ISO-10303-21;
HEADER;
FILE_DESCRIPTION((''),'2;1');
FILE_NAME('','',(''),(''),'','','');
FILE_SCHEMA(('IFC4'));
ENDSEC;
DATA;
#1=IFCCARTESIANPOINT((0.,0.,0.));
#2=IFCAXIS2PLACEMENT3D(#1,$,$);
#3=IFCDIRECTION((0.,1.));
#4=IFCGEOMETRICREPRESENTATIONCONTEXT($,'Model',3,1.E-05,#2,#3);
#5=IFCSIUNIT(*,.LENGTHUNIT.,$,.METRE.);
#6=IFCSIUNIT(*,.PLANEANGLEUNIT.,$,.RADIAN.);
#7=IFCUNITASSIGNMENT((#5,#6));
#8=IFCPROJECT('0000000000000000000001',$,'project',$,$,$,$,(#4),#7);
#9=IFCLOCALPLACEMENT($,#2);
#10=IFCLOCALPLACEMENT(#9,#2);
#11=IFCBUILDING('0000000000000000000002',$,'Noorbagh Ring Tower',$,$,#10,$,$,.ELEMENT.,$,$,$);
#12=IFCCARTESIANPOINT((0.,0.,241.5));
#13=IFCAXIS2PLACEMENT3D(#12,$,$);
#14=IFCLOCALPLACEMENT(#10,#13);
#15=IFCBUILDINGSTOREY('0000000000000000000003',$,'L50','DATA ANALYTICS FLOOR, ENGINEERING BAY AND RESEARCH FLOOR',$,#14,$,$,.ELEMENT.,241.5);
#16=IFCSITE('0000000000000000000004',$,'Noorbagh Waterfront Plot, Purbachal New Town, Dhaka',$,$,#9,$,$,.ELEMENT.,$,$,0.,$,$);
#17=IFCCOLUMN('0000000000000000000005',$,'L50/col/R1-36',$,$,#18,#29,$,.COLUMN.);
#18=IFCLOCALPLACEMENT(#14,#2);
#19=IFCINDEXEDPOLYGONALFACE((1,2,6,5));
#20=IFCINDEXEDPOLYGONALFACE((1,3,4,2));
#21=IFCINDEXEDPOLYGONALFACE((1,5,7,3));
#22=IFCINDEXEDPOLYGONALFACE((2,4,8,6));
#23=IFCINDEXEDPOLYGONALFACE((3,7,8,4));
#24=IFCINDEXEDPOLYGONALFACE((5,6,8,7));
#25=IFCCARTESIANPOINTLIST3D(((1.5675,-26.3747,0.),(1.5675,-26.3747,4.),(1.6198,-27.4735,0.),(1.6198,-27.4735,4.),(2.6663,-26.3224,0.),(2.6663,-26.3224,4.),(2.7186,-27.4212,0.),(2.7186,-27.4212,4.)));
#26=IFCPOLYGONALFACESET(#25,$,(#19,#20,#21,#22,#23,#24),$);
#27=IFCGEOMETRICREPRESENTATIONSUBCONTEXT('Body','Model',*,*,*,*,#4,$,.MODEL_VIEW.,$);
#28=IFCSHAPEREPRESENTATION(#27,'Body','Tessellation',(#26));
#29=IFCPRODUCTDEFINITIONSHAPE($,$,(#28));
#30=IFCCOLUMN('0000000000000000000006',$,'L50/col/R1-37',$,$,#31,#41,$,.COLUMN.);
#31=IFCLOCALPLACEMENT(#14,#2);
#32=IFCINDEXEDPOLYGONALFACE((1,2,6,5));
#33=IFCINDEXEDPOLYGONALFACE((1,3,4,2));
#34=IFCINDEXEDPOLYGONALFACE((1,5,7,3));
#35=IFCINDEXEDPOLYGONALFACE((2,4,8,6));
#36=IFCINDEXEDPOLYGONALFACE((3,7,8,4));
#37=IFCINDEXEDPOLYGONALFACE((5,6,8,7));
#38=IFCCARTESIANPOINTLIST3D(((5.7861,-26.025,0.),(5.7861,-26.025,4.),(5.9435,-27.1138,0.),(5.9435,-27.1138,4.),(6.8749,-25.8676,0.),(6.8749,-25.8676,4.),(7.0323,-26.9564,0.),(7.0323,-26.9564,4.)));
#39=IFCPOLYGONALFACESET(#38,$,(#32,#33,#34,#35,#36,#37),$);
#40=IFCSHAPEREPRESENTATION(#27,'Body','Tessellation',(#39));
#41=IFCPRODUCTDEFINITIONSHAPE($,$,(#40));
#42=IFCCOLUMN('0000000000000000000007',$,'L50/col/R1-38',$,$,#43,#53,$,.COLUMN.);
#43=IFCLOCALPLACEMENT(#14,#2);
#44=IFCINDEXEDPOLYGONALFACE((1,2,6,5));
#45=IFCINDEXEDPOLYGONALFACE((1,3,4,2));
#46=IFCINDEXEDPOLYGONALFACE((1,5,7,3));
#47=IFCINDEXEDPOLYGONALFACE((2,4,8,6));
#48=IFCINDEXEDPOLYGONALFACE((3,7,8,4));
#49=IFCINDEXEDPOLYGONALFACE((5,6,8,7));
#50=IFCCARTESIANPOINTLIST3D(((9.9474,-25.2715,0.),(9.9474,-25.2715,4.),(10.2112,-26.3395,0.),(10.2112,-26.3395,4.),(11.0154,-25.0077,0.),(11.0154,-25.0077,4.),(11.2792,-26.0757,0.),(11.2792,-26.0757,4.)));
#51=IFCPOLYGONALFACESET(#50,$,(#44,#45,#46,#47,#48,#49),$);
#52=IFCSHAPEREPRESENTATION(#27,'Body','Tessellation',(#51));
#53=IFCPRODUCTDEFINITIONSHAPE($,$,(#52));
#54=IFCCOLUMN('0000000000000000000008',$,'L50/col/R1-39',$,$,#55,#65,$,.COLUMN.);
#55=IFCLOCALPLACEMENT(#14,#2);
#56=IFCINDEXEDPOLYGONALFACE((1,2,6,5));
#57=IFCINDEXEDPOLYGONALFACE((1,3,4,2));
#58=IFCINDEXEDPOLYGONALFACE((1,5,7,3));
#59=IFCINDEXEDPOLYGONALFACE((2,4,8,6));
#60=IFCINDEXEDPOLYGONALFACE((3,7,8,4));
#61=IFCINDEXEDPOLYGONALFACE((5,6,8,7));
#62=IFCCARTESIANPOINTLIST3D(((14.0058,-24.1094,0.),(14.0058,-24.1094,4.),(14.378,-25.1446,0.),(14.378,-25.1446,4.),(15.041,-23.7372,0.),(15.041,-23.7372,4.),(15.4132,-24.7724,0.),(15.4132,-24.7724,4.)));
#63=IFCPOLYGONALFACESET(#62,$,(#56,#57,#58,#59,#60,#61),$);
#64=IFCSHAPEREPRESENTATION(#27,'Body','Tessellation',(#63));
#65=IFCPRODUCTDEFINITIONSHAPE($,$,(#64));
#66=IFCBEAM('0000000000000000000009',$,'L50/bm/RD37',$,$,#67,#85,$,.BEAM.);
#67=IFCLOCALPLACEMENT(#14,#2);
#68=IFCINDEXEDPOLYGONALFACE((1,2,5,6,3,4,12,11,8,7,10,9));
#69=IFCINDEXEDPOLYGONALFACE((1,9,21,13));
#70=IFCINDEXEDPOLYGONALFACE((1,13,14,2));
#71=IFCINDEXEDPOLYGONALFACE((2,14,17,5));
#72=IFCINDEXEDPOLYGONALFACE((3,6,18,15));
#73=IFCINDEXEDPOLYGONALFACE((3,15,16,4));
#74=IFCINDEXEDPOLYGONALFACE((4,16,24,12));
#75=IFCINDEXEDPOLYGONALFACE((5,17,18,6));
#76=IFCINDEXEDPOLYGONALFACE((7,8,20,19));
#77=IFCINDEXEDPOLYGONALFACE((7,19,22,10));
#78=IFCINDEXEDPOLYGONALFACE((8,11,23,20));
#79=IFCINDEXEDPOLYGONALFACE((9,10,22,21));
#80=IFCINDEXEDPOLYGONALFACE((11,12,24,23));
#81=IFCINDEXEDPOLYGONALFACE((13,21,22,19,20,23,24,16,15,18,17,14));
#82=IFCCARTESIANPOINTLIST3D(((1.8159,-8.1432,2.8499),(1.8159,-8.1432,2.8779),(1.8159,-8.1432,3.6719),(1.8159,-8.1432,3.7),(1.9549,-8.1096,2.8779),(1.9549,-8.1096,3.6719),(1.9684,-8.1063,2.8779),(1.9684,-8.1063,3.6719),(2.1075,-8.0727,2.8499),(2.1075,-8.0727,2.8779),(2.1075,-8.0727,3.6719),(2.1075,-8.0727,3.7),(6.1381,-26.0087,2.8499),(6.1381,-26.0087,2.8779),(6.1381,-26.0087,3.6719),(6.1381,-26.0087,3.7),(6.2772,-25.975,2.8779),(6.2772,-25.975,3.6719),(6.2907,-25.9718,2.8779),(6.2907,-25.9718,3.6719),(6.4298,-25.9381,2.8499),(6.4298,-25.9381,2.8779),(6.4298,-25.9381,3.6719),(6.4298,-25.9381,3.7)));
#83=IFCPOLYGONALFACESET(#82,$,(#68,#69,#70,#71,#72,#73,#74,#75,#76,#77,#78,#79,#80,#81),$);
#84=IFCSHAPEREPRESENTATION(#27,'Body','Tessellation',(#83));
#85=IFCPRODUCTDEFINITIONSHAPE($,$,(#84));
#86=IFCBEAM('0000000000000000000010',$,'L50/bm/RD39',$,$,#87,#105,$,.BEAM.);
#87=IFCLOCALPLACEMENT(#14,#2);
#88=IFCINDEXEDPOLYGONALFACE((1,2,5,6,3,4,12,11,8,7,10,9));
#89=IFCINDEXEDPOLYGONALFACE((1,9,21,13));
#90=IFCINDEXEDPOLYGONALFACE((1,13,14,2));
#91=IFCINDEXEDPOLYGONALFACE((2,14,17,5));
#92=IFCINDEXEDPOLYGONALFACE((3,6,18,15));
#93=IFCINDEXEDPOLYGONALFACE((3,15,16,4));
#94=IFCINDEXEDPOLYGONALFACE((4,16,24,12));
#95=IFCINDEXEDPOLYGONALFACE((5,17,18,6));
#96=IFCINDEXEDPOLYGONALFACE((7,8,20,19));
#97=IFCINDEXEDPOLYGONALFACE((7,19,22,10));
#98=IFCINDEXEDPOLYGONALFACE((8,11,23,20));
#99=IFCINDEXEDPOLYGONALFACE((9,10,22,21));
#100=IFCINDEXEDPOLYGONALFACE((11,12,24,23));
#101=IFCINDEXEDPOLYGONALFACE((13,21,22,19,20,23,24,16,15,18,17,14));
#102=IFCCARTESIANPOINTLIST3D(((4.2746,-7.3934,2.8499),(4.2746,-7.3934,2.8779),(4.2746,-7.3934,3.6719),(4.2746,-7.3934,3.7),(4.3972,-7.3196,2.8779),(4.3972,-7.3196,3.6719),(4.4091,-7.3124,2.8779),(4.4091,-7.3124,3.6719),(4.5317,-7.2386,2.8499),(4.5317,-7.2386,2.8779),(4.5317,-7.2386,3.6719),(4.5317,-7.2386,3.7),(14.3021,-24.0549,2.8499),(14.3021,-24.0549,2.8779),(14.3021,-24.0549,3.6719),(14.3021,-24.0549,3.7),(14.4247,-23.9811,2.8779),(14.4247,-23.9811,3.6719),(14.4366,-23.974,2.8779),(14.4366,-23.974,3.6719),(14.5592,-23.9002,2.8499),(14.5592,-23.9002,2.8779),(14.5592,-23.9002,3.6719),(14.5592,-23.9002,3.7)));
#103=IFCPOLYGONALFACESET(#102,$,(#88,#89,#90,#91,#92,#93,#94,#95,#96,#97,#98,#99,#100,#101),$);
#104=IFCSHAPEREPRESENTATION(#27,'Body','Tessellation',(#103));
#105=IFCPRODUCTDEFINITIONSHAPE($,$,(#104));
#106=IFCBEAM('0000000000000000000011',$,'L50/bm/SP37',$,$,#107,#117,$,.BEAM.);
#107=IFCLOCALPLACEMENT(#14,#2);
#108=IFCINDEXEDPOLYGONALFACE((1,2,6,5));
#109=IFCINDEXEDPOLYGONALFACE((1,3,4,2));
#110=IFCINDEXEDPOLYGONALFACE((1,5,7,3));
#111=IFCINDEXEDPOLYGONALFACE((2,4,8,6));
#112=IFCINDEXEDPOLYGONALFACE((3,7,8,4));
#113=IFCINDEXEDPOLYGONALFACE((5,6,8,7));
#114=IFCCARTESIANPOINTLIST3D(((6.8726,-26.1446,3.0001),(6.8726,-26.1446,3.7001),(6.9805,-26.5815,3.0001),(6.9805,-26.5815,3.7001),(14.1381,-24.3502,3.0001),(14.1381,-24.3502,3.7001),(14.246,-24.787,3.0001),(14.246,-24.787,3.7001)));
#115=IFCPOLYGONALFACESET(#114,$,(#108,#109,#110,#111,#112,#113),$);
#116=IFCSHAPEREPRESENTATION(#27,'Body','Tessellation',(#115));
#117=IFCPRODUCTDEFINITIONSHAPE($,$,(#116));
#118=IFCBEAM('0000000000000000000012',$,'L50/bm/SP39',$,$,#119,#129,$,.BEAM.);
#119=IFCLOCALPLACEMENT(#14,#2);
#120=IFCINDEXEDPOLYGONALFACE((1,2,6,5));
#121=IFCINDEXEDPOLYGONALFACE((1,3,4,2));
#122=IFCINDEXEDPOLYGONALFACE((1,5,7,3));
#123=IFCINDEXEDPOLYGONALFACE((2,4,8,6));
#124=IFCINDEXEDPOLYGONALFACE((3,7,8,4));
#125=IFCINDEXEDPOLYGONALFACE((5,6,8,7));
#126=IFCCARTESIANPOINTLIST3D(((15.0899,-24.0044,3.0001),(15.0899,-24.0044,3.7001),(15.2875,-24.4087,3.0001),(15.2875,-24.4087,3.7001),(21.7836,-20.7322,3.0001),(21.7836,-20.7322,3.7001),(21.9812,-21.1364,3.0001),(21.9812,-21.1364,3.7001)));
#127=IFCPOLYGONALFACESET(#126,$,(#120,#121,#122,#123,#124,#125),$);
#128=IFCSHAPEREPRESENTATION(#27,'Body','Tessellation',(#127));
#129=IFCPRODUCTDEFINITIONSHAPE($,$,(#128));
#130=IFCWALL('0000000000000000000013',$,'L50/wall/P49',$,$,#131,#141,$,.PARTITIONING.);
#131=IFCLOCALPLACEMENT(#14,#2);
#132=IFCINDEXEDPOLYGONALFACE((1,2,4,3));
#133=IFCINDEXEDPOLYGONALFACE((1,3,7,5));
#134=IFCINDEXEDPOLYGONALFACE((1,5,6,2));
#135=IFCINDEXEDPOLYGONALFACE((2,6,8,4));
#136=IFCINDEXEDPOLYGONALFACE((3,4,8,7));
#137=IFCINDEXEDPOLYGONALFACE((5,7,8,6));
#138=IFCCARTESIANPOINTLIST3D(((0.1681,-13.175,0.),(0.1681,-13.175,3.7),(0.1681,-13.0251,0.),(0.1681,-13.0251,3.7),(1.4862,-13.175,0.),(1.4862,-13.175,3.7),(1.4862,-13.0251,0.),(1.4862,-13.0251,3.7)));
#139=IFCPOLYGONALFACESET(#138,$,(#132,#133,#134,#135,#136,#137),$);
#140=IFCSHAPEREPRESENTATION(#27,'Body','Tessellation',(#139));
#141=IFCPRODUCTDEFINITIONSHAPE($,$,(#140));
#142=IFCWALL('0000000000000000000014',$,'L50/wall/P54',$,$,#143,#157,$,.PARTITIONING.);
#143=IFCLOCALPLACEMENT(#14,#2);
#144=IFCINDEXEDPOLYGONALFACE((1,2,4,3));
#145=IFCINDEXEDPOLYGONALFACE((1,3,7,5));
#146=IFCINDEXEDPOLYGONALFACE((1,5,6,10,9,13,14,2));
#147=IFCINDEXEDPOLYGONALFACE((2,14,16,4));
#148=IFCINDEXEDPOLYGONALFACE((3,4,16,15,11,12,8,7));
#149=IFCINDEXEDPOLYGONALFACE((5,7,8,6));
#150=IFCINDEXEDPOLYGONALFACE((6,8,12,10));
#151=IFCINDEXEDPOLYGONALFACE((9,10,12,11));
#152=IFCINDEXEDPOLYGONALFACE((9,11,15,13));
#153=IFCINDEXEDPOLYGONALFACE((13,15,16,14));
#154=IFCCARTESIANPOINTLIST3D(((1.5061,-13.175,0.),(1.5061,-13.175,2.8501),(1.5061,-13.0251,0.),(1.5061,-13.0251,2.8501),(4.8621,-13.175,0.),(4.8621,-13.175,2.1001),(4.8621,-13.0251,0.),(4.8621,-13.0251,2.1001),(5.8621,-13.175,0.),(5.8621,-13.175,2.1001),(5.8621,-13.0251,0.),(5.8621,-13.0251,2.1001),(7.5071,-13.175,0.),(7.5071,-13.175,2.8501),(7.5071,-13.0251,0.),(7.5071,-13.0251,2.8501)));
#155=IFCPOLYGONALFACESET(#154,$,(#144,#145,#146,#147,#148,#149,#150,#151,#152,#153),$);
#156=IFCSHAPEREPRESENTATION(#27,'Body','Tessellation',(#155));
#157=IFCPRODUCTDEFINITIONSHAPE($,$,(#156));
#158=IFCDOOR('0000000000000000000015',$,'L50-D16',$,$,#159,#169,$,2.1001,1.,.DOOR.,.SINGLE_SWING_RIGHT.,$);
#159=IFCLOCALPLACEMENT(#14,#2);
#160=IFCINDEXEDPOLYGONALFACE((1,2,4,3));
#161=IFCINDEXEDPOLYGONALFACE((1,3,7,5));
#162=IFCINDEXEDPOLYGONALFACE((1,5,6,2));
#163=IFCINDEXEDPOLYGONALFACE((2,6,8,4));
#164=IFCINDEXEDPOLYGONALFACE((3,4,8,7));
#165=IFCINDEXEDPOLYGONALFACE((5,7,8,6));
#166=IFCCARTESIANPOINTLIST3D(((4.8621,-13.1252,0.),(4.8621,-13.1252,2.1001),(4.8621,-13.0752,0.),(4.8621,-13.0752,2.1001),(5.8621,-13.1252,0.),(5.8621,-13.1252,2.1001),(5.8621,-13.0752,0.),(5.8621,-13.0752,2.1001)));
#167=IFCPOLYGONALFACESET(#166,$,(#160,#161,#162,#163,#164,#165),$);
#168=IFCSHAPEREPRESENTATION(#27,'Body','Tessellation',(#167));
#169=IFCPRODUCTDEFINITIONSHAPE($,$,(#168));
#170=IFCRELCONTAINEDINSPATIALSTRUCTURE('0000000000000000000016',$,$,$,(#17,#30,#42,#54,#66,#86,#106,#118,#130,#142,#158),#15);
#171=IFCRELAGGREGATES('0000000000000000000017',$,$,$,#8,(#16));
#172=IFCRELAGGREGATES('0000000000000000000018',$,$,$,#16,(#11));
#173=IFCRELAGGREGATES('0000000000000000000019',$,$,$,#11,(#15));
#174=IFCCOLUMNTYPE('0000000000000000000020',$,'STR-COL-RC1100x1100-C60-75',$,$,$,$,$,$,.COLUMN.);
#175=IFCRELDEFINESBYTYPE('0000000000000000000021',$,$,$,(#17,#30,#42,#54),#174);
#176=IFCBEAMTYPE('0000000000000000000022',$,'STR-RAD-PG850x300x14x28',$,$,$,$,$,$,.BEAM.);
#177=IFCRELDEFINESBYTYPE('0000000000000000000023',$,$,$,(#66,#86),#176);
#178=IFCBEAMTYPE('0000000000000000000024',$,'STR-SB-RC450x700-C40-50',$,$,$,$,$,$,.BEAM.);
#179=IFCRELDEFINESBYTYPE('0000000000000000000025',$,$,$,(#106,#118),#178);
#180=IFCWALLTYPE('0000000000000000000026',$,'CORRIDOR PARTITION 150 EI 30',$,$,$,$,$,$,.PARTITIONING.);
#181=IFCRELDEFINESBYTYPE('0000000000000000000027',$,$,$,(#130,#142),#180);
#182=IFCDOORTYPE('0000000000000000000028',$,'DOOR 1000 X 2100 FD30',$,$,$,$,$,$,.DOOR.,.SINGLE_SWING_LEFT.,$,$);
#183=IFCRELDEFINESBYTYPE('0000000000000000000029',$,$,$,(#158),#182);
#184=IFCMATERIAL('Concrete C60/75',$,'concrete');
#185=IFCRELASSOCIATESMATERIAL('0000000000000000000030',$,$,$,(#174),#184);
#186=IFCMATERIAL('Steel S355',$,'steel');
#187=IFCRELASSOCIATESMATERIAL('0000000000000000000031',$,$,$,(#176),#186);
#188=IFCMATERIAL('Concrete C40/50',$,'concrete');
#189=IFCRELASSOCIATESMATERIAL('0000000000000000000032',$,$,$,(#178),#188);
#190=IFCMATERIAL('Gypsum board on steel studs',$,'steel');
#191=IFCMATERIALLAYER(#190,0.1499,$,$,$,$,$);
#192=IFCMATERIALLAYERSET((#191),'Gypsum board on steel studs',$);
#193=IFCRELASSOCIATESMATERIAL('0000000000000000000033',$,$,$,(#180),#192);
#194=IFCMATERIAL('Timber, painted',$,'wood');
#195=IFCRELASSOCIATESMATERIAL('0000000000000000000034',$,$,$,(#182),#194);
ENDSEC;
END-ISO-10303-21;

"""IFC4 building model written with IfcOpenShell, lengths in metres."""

from ifc_helpers import new_model, si_unit, direction, frame, frame_2d, origin, origin_2d, place, context, subcontext, project, spatial, rectangle, i_section, extrude, material, layer, layer_set, material_profile, profile_set, type_object, element, fill, save


model = new_model("IFC4")

# Units and contexts
model_context = context("Model", 3, precision=1e-05, world=origin(), true_north=direction((0.0, 1.0)))
body_context = subcontext(model_context, "Body", "Model", "MODEL_VIEW")
ifc_project = project(units=[si_unit("LENGTHUNIT", "METRE"), si_unit("PLANEANGLEUNIT", "RADIAN")], contexts=[model_context])

# Site, building, storey
site_placement = place(None, origin())
site = spatial("IfcSite", under=ifc_project, at=site_placement, Name="Noorbagh Waterfront Plot, Purbachal New Town, Dhaka", CompositionType="ELEMENT", RefElevation=0.0)
building_placement = place(site_placement, origin())
building = spatial("IfcBuilding", under=site, at=building_placement, Name="Noorbagh Ring Tower", CompositionType="ELEMENT")
storey_placement = place(building_placement, frame((0.0, 0.0, 241.5)))
storey = spatial("IfcBuildingStorey", under=building, at=storey_placement, Name="L50", Description="DATA ANALYTICS FLOOR, ENGINEERING BAY AND RESEARCH FLOOR", CompositionType="ELEMENT", Elevation=241.5)

# Columns
ifc_material_1 = material(Name="Concrete C60/75", Category="concrete")
ifc_material_profile_1 = material_profile(ifc_material_1, rectangle(XDim=1.1001, YDim=1.1001, at=origin_2d()), Name="RC1100x1100")
ifc_profile_set_1 = profile_set([ifc_material_profile_1], Name="Concrete C60/75")
column_type = type_object("IfcColumnType", Name="STR-COL-RC1100x1100-C60-75", PredefinedType="COLUMN", material=ifc_profile_set_1)
for number, where, z_axis, x_axis, name in (
    (1, (2.1431, -26.8979, 0.0), (0.0, 0.0, 1.0), (0.998869, 0.047553, 0.0), "L50/col/R1-36"),
    (2, (6.4092, -26.4907, 0.0), (0.0, 0.0, 1.0), (0.989713, 0.143066, 0.0), "L50/col/R1-37"),
    (3, (10.6133, -25.6736, 0.0), (0.0, 0.0, 1.0), (0.970829, 0.239771, 0.0), "L50/col/R1-38"),
    (4, (14.7095, -24.4409, 0.0), (0.0, 0.0, 1.0), (0.941025, 0.338338, 0.0), "L50/col/R1-39"),
):
    element("IfcColumn", number, at=place(storey_placement, frame(where, z_axis=z_axis, x_axis=x_axis)), inside=storey, type_object=column_type, Name=name, PredefinedType="COLUMN", context=body_context, shape_type="SweptSolid", body=[
        extrude(rectangle(XDim=1.1001, YDim=1.1001, at=origin_2d()), origin(), (0.0, 0.0, 1.0), 4.0),
    ])

# Beams
ifc_material_2 = material(Name="Steel S355", Category="steel")
ifc_material_profile_2 = material_profile(ifc_material_2, i_section(OverallWidth=0.3, OverallDepth=0.8501, WebThickness=0.0139, FlangeThickness=0.0281, at=origin_2d()), Name="PG850x300x14x28")
ifc_profile_set_2 = profile_set([ifc_material_profile_2], Name="Steel S355")
beam_type_1 = type_object("IfcBeamType", Name="STR-RAD-PG850x300x14x28", PredefinedType="BEAM", material=ifc_profile_set_2)
beam_1_placement = place(storey_placement, frame((6.2839, -25.9734, 3.2749), z_axis=(-0.23515, 0.971959, 0.0), x_axis=(-0.971959, -0.23515, 0.0)))
element("IfcBeam", 5, at=beam_1_placement, inside=storey, type_object=beam_type_1, Name="L50/bm/RD37", PredefinedType="BEAM", context=body_context, shape_type="SweptSolid", body=[
    extrude(i_section(OverallWidth=0.3, OverallDepth=0.8501, WebThickness=0.0139, FlangeThickness=0.0281, at=origin_2d()), origin(), (0.0, 0.0, 1.0), 18.3809),
])
beam_2_placement = place(storey_placement, frame((14.4307, -23.9775, 3.2749), z_axis=(-0.515653, 0.856798, 0.0), x_axis=(-0.856798, -0.515653, 0.0)))
element("IfcBeam", 6, at=beam_2_placement, inside=storey, type_object=beam_type_1, Name="L50/bm/RD39", PredefinedType="BEAM", context=body_context, shape_type="SweptSolid", body=[
    extrude(i_section(OverallWidth=0.3, OverallDepth=0.8501, WebThickness=0.0139, FlangeThickness=0.0281, at=origin_2d()), origin(), (0.0, 0.0, 1.0), 19.4463),
])
ifc_material_3 = material(Name="Concrete C40/50", Category="concrete")
ifc_material_profile_3 = material_profile(ifc_material_3, rectangle(XDim=0.45, YDim=0.7, at=origin_2d()), Name="RC450x700")
ifc_profile_set_3 = profile_set([ifc_material_profile_3], Name="Concrete C40/50")
beam_type_2 = type_object("IfcBeamType", Name="STR-SB-RC450x700-C40-50", PredefinedType="BEAM", material=ifc_profile_set_3)
beam_3_placement = place(storey_placement, frame((6.9265, -26.363, 3.3501), z_axis=(0.970829, 0.239771, 0.0), x_axis=(-0.239771, 0.970829, 0.0)))
element("IfcBeam", 7, at=beam_3_placement, inside=storey, type_object=beam_type_2, Name="L50/bm/SP37", PredefinedType="BEAM", context=body_context, shape_type="SweptSolid", body=[
    extrude(rectangle(XDim=0.45, YDim=0.7, at=origin_2d()), origin(), (0.0, 0.0, 1.0), 7.4839),
])
beam_4_placement = place(storey_placement, frame((15.1887, -24.2065, 3.3501), z_axis=(0.898396, 0.439187, 0.0), x_axis=(-0.439187, 0.898396, 0.0)))
element("IfcBeam", 8, at=beam_4_placement, inside=storey, type_object=beam_type_2, Name="L50/bm/SP39", PredefinedType="BEAM", context=body_context, shape_type="SweptSolid", body=[
    extrude(rectangle(XDim=0.45, YDim=0.7, at=origin_2d()), origin(), (0.0, 0.0, 1.0), 7.4507),
])

# Wall
ifc_material_4 = material(Name="Gypsum board on steel studs", Category="steel")
ifc_layer_1 = layer(ifc_material_4, 0.1499)
ifc_layer_set_1 = layer_set([ifc_layer_1], Name="Gypsum board on steel studs")
wall_type_1 = type_object("IfcWallType", Name="CORRIDOR PARTITION 150 EI 30", PredefinedType="PARTITIONING", material=ifc_layer_set_1)
wall_1_placement = place(storey_placement, frame((0.168, -13.1001, 0.0), z_axis=(0.0, 0.0, 1.0), x_axis=(1.0, 0.0, 0.0)))
element("IfcWall", 9, at=wall_1_placement, inside=storey, type_object=wall_type_1, Name="L50/wall/P49", PredefinedType="PARTITIONING", context=body_context, shape_type="SweptSolid", body=[
    extrude(rectangle(XDim=1.3181, YDim=0.1499, at=frame_2d((0.6592, 0.0))), origin(), (0.0, 0.0, 1.0), 3.7),
])

# Wall, opening, door
wall_2_placement = place(storey_placement, frame((1.5061, -13.1001, 0.0), z_axis=(0.0, 0.0, 1.0), x_axis=(1.0, 0.0, 0.0)))
wall_2 = element("IfcWall", 10, at=wall_2_placement, inside=storey, type_object=wall_type_1, Name="L50/wall/P54", PredefinedType="PARTITIONING", context=body_context, shape_type="SweptSolid", body=[
    extrude(rectangle(XDim=6.001, YDim=0.1499, at=frame_2d((3.0005, 0.0))), origin(), (0.0, 0.0, 1.0), 2.8501),
])
opening_1_placement = place(wall_2_placement, frame((3.356, 0.0, 0.0)))
opening_1 = element("IfcOpeningElement", 11, at=opening_1_placement, cuts=wall_2, PredefinedType="OPENING", context=body_context, shape_type="SweptSolid", body=[
    extrude(rectangle(XDim=1.0, YDim=2.1001, at=frame_2d((0.5, 1.05))), frame((0.0, 0.085, 0.0), z_axis=(0.0, -1.0, 0.0), x_axis=(1.0, 0.0, 0.0)), (0.0, 0.0, 1.0), 0.1699),
])
ifc_material_5 = material(Name="Timber, painted", Category="wood")
door_type_1 = type_object("IfcDoorType", Name="DOOR 1000 X 2100 FD30", OperationType="SINGLE_SWING_LEFT", PredefinedType="DOOR", material=ifc_material_5)
door_1_placement = place(opening_1_placement, origin())
door_1 = element("IfcDoor", 12, at=door_1_placement, inside=storey, type_object=door_type_1, Name="L50-D16", OperationType="SINGLE_SWING_RIGHT", OverallHeight=2.1001, OverallWidth=1.0, PredefinedType="DOOR", context=body_context, shape_type="SweptSolid", body=[
    extrude(rectangle(XDim=1.0, YDim=2.1001, at=frame_2d((0.5, 1.05))), frame((0.0, 0.0249, 0.0), z_axis=(0.0, -1.0, 0.0), x_axis=(1.0, 0.0, 0.0)), (0.0, 0.0, 1.0), 0.05),
])
fill(opening_1, door_1)

save(model, "model.ifc")
